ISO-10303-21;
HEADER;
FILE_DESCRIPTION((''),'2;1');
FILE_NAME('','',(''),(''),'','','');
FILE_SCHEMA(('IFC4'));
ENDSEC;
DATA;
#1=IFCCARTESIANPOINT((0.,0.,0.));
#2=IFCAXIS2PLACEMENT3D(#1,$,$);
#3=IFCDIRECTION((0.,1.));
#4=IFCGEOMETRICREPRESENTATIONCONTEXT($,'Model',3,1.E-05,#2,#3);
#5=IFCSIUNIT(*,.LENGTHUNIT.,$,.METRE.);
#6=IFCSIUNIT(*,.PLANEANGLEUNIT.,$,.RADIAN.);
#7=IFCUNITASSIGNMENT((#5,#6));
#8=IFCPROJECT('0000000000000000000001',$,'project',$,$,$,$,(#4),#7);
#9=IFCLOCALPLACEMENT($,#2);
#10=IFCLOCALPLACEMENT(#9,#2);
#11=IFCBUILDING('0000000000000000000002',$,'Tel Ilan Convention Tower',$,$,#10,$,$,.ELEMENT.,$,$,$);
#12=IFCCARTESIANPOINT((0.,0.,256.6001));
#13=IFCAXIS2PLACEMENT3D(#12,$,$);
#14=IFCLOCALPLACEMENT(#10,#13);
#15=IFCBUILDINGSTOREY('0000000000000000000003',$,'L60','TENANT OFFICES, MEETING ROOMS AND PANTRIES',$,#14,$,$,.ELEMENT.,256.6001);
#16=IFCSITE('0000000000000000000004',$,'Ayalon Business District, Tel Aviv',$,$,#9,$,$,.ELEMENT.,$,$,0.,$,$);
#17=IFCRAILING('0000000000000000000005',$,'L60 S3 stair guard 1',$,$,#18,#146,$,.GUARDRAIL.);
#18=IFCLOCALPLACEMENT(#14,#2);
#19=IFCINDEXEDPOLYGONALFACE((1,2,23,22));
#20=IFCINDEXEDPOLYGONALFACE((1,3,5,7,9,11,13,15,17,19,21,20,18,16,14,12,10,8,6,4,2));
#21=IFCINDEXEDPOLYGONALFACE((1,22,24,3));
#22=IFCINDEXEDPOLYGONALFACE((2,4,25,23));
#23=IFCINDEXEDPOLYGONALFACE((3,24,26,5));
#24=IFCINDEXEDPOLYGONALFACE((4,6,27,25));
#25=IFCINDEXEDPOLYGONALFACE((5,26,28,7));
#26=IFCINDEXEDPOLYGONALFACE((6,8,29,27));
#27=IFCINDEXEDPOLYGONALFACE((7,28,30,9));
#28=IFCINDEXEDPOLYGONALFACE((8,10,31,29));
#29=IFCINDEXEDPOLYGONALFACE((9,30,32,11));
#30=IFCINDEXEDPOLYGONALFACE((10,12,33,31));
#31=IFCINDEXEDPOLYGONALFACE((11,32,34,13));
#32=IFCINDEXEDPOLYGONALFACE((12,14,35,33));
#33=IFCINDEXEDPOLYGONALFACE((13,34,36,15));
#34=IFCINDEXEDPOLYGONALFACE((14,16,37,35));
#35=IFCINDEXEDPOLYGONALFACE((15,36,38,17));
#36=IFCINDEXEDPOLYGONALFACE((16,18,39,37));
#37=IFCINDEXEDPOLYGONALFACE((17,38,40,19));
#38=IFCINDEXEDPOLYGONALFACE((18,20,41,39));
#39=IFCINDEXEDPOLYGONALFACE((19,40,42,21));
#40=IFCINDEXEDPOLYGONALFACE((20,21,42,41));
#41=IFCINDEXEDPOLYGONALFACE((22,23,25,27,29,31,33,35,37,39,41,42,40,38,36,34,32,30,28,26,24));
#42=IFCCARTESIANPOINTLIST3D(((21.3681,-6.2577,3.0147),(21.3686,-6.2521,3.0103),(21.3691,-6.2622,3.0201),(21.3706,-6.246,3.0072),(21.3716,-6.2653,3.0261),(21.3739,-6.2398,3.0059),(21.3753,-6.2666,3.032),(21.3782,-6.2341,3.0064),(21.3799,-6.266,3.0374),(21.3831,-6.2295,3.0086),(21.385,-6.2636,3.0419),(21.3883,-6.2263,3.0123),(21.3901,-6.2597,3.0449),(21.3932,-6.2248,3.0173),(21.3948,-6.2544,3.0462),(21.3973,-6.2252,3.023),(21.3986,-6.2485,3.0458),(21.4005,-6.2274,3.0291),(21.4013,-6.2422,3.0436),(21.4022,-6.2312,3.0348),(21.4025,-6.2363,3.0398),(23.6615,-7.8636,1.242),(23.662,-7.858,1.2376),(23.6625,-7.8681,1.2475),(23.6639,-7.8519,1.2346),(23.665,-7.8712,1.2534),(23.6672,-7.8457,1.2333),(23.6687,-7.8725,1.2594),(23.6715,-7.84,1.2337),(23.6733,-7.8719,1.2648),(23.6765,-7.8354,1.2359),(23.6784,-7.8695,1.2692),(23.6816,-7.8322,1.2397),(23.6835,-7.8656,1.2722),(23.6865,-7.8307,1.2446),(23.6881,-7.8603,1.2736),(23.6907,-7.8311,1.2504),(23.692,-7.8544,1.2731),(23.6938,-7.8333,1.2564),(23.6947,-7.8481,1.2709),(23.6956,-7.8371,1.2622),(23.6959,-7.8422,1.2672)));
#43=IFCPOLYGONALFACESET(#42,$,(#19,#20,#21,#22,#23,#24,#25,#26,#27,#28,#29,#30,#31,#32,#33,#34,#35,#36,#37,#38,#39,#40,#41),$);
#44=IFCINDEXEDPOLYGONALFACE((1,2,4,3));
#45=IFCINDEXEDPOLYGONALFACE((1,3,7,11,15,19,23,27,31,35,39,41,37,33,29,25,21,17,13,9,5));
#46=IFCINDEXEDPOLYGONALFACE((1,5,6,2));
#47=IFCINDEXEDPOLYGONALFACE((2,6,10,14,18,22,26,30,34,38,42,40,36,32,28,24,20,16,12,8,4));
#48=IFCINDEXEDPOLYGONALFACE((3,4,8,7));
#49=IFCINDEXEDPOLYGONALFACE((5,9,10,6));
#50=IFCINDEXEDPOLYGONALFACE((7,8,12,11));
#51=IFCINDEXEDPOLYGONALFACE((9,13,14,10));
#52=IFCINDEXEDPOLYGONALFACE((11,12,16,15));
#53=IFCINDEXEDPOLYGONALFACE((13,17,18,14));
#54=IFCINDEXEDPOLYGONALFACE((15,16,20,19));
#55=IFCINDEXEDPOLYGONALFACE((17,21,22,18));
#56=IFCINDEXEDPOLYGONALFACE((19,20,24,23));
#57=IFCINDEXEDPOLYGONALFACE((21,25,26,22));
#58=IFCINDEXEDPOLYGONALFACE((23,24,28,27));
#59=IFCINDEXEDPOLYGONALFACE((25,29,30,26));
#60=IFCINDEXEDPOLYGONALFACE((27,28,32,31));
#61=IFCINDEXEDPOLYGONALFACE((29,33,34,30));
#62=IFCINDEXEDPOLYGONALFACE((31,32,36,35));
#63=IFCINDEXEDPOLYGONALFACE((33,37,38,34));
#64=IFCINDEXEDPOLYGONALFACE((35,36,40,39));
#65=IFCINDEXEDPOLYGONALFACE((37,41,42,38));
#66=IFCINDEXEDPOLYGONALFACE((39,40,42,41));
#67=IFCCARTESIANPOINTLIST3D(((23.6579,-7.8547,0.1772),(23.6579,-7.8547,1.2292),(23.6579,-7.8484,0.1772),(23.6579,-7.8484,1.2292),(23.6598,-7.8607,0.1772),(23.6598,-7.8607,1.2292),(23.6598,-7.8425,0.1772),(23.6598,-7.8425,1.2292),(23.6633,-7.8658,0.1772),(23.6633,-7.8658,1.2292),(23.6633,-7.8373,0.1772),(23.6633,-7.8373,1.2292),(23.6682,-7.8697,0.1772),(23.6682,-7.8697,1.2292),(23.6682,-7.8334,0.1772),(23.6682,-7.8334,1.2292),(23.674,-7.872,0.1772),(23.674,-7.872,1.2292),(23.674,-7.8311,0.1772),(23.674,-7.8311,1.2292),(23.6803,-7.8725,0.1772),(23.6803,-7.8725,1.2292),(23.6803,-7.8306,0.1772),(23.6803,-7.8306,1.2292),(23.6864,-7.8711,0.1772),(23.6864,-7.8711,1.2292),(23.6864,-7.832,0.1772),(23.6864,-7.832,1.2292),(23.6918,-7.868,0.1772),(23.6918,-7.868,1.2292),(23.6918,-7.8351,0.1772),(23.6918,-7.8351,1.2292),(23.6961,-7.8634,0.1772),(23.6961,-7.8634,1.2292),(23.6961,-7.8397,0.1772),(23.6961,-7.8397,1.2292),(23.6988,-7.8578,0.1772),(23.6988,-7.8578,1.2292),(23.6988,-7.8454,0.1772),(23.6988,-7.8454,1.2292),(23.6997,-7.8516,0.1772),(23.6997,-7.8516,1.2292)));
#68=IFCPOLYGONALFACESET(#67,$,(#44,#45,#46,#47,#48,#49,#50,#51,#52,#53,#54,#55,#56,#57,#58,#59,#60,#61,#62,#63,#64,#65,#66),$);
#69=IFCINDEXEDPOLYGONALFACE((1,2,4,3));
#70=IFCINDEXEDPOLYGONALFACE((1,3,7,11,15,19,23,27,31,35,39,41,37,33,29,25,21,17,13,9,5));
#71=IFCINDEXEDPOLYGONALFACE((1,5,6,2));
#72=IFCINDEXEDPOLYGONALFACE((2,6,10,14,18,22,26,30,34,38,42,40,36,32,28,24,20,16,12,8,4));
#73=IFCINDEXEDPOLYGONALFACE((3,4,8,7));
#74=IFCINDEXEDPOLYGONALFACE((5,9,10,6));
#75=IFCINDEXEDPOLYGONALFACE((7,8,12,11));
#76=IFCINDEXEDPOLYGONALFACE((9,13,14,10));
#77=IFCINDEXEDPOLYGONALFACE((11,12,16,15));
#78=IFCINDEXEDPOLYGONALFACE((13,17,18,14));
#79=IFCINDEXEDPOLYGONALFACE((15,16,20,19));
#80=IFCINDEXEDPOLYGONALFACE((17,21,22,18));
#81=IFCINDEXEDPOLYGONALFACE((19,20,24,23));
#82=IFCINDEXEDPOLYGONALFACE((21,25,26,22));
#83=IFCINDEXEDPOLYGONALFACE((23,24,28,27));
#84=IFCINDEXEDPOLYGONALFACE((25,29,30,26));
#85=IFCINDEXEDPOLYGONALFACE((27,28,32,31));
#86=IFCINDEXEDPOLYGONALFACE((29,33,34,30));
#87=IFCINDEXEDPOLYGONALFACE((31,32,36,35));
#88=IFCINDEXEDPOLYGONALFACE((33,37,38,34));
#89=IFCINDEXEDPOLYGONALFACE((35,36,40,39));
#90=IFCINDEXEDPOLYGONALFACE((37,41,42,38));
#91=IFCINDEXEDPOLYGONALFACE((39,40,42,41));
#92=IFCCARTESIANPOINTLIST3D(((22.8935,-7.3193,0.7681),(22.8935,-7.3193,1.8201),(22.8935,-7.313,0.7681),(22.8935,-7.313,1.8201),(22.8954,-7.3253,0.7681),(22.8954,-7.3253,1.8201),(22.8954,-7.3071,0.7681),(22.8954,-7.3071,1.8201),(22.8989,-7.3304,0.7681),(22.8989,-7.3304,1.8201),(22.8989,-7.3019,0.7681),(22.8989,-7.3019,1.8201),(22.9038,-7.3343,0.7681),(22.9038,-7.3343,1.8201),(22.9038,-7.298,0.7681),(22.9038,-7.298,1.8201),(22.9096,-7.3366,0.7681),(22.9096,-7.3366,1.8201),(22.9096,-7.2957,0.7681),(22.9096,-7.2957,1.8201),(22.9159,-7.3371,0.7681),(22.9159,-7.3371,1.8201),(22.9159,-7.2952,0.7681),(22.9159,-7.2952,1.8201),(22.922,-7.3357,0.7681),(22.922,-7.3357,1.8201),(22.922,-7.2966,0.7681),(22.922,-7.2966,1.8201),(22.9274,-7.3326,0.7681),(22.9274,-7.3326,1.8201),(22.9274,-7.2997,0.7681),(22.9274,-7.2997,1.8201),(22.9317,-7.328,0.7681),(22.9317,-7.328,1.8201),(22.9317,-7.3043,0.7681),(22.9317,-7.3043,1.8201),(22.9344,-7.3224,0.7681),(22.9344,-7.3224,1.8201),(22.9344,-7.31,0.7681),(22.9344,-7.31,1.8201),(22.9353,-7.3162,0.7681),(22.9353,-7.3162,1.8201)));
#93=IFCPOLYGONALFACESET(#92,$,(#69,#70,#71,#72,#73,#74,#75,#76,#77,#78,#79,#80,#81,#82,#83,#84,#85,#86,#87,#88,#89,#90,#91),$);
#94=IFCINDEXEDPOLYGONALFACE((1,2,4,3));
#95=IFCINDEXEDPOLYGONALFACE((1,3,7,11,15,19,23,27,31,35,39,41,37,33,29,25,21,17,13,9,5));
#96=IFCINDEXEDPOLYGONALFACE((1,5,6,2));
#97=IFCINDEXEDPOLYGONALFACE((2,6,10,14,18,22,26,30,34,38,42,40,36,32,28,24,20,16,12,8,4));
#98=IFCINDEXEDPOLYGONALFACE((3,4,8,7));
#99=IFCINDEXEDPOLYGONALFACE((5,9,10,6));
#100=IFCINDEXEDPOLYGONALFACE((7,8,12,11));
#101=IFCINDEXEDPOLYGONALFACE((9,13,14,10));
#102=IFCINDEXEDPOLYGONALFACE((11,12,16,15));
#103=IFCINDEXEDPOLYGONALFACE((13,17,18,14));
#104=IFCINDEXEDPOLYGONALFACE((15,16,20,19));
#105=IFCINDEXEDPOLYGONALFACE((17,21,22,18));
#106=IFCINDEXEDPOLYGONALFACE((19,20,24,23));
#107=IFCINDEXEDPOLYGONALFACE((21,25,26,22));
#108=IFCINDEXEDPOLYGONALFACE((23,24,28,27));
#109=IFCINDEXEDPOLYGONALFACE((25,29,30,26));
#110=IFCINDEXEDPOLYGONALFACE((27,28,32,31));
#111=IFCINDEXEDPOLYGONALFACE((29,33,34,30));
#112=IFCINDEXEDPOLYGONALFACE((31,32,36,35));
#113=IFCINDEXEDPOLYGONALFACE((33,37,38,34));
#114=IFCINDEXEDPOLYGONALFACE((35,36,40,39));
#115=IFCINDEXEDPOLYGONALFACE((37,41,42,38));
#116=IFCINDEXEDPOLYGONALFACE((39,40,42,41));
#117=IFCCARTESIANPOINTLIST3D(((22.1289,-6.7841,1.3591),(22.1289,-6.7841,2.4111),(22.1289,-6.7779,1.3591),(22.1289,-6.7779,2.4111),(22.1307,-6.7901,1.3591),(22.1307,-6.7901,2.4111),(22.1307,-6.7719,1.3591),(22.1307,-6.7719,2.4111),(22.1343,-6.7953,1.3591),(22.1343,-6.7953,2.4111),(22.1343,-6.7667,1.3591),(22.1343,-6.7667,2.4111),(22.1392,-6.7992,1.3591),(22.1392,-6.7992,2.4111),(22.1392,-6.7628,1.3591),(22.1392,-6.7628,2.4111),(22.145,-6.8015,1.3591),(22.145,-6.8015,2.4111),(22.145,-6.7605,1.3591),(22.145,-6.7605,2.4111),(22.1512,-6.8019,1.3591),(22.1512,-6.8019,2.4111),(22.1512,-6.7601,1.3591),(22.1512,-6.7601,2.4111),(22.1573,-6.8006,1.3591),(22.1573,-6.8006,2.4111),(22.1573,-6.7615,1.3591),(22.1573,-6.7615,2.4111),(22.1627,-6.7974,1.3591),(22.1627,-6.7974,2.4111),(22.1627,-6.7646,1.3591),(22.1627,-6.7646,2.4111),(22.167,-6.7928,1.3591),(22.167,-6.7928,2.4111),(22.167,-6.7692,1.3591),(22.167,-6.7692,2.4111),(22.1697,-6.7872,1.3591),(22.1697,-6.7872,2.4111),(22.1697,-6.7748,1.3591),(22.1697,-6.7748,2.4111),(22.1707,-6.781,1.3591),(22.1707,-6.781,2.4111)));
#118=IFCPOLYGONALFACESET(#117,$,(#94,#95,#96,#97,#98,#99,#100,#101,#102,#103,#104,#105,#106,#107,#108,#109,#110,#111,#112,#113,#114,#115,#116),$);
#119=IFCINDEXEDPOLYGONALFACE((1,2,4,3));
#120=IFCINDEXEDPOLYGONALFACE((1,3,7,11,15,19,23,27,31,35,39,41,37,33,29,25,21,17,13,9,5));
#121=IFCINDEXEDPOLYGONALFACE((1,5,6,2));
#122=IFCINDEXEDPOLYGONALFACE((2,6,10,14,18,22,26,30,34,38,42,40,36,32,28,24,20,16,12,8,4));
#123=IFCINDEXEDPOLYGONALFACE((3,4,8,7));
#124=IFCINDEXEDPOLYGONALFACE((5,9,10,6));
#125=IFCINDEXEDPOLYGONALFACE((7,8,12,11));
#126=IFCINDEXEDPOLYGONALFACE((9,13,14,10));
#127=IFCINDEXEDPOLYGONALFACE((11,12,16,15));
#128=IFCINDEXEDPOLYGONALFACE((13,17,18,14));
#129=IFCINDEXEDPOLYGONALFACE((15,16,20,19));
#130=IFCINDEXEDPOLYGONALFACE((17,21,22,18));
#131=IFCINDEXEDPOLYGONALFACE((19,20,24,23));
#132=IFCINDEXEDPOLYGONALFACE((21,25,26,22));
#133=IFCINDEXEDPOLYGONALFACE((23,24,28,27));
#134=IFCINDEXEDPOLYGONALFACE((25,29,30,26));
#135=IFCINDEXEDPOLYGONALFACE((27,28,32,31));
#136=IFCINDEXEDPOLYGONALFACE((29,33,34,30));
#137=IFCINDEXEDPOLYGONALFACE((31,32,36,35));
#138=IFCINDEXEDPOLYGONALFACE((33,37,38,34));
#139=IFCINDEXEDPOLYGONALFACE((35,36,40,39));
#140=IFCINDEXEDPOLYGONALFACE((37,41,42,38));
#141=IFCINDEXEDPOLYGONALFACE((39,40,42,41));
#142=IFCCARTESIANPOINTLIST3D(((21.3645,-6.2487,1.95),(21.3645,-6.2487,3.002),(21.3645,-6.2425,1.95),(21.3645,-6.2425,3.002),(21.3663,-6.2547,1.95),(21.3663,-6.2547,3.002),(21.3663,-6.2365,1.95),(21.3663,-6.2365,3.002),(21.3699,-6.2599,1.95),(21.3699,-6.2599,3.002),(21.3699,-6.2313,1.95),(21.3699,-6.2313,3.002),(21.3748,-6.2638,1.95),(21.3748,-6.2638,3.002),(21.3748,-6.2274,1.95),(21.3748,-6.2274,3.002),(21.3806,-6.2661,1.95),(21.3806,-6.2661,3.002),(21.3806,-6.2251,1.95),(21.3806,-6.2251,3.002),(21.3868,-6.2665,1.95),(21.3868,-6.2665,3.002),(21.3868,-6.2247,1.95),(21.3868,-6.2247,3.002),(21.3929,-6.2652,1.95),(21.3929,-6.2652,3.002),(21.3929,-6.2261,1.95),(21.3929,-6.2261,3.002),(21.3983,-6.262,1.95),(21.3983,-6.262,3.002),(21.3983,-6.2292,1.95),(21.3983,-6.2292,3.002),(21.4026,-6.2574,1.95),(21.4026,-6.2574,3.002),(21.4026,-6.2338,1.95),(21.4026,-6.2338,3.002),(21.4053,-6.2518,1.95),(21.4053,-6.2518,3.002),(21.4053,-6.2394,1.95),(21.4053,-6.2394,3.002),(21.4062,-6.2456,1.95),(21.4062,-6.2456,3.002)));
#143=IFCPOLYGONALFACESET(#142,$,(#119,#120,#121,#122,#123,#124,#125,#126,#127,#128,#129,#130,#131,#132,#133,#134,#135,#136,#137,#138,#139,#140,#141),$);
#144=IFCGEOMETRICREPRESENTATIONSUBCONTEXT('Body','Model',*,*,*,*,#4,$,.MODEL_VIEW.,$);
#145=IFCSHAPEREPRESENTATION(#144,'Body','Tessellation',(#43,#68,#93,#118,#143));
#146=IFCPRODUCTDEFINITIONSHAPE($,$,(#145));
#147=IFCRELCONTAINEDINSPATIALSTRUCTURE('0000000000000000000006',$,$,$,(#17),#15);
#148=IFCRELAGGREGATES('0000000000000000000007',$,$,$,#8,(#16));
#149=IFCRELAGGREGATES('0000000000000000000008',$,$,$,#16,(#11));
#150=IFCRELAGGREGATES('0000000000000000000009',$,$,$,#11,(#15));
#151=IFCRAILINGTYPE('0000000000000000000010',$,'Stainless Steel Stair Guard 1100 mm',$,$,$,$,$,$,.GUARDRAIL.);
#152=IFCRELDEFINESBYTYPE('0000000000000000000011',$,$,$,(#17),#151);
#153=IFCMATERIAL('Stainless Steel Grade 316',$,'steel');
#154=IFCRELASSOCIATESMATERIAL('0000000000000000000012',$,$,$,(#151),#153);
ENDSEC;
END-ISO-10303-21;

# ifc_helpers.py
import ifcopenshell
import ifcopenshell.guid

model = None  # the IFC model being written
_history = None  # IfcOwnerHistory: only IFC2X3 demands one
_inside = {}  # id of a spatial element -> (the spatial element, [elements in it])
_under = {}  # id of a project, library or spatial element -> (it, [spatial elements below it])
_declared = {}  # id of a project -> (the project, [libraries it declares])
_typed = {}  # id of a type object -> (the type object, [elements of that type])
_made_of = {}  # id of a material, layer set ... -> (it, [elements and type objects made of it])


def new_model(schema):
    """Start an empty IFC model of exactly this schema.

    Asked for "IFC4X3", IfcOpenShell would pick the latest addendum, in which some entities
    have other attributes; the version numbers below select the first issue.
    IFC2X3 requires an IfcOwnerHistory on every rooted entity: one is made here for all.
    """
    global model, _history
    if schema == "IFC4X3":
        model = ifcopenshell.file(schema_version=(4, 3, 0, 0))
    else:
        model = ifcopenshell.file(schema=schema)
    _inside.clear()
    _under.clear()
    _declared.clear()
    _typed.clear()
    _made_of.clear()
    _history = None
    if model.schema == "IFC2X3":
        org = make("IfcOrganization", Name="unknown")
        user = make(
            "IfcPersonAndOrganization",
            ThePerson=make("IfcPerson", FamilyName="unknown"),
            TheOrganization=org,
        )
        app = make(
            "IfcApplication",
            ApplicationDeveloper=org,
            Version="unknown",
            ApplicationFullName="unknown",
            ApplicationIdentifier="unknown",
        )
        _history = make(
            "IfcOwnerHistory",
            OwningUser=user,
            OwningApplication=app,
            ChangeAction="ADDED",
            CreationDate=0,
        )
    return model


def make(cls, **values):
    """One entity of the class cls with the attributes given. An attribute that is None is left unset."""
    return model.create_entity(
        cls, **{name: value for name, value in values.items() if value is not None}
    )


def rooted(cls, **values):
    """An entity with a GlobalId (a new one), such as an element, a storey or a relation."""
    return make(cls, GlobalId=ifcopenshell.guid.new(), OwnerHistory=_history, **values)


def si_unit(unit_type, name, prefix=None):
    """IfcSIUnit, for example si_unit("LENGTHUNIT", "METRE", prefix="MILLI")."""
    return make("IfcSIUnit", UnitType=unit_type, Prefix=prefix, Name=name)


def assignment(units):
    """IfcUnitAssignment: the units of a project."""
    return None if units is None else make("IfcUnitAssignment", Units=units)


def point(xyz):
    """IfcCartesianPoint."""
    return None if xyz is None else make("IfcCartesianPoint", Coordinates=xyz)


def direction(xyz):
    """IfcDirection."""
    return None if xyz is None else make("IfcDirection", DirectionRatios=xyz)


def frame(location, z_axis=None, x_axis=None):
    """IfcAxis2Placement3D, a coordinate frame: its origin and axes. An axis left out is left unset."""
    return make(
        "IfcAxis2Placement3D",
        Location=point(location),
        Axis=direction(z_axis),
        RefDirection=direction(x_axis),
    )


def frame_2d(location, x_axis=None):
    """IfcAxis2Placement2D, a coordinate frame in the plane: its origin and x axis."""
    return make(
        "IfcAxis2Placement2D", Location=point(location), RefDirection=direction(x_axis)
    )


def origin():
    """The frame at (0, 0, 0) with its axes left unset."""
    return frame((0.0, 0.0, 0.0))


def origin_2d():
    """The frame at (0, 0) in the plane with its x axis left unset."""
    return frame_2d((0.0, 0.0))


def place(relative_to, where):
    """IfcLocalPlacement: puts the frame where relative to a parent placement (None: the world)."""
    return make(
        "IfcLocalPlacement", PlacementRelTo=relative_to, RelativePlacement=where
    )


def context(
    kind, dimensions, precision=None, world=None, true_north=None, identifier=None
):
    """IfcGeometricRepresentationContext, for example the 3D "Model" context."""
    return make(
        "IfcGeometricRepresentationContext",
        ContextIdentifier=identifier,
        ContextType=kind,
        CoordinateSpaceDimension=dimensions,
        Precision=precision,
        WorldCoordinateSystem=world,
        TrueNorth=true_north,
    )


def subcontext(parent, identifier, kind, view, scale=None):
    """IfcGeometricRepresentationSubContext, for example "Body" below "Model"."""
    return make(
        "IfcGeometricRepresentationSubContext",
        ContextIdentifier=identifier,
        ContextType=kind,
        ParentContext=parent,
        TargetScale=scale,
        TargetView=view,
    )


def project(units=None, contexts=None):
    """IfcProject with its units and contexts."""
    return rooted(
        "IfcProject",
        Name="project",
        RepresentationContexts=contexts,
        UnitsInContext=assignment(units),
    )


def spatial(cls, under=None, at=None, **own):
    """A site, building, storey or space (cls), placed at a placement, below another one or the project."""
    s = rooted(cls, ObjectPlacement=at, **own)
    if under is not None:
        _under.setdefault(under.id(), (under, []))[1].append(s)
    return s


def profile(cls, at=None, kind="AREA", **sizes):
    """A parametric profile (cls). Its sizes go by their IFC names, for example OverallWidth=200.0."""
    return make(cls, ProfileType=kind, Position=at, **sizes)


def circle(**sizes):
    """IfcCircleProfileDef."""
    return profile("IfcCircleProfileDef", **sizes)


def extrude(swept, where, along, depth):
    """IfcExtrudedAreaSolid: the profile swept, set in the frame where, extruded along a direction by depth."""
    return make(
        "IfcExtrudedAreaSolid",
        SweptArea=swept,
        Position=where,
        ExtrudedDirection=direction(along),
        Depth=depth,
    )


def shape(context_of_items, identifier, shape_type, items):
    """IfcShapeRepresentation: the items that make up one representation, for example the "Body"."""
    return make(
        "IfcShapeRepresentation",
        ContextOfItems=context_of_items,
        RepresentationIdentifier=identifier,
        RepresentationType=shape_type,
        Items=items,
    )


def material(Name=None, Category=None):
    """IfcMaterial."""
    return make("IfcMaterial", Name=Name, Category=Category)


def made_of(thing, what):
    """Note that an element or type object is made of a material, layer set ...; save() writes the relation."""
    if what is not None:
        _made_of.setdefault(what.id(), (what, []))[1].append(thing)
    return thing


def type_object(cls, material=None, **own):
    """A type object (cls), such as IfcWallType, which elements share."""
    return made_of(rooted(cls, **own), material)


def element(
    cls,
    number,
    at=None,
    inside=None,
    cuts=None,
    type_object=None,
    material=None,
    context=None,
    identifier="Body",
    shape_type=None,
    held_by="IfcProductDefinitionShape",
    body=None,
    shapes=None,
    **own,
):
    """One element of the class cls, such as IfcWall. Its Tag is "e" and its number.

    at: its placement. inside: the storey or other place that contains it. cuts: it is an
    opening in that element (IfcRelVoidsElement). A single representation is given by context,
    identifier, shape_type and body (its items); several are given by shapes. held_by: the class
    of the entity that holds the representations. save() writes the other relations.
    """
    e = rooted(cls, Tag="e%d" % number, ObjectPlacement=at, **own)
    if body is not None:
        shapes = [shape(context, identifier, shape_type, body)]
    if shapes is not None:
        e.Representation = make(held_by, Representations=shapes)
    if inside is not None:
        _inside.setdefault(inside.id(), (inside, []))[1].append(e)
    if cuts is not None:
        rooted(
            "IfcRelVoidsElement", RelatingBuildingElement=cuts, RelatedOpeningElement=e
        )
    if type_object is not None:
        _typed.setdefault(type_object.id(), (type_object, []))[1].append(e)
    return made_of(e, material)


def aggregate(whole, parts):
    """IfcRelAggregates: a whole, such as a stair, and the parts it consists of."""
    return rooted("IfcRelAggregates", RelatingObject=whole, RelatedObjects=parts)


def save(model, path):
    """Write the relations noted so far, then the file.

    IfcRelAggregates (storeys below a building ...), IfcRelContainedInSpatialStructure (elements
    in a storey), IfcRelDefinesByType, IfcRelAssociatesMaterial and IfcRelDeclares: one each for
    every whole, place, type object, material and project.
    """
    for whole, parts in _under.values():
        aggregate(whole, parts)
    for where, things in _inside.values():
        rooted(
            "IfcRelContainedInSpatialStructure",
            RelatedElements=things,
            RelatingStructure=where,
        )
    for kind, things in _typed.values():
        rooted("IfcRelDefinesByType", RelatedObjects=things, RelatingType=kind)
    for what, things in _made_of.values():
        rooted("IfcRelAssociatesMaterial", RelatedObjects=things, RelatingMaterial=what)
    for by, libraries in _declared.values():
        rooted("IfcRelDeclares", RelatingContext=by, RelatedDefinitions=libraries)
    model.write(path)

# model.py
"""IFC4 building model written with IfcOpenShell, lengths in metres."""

from ifc_helpers import new_model, si_unit, direction, frame, origin, origin_2d, place, context, subcontext, project, spatial, circle, extrude, material, type_object, element, save


model = new_model("IFC4")

# Units and contexts
model_context = context("Model", 3, precision=1e-05, world=origin(), true_north=direction((0.0, 1.0)))
body_context = subcontext(model_context, "Body", "Model", "MODEL_VIEW")
ifc_project = project(units=[si_unit("LENGTHUNIT", "METRE"), si_unit("PLANEANGLEUNIT", "RADIAN")], contexts=[model_context])

# Site, building, storey
site_placement = place(None, origin())
site = spatial("IfcSite", under=ifc_project, at=site_placement, Name="Ayalon Business District, Tel Aviv", CompositionType="ELEMENT", RefElevation=0.0)
building_placement = place(site_placement, origin())
building = spatial("IfcBuilding", under=site, at=building_placement, Name="Tel Ilan Convention Tower", CompositionType="ELEMENT")
storey_placement = place(building_placement, frame((0.0, 0.0, 256.6001)))
storey = spatial("IfcBuildingStorey", under=building, at=storey_placement, Name="L60", Description="TENANT OFFICES, MEETING ROOMS AND PANTRIES", CompositionType="ELEMENT", Elevation=256.6001)

# Railing
ifc_material_1 = material(Name="Stainless Steel Grade 316", Category="steel")
railing_type_1 = type_object("IfcRailingType", Name="Stainless Steel Stair Guard 1100 mm", PredefinedType="GUARDRAIL", material=ifc_material_1)
railing_1_placement = place(storey_placement, frame((23.6787, -7.8516, 0.1772)))
element("IfcRailing", 1, at=railing_1_placement, inside=storey, type_object=railing_type_1, Name="L60 S3 stair guard 1", PredefinedType="GUARDRAIL", context=body_context, shape_type="SweptSolid", body=[
    extrude(circle(Radius=0.0239, at=origin_2d()), frame((0.0, 0.0, 1.0762), z_axis=(-0.692085, 0.484621, 0.53494), x_axis=(-0.573591, -0.819142, 0.0)), (0.0, 0.0, 1.0), 3.3137),
    extrude(circle(Radius=0.021, at=origin_2d()), origin(), (0.0, 0.0, 1.0), 1.052),
    extrude(circle(Radius=0.021, at=origin_2d()), frame((-0.7644, 0.5354, 0.5908)), (0.0, 0.0, 1.0), 1.052),
    extrude(circle(Radius=0.021, at=origin_2d()), frame((-1.5291, 1.0706, 1.1819)), (0.0, 0.0, 1.0), 1.052),
    extrude(circle(Radius=0.021, at=origin_2d()), frame((-2.2935, 1.606, 1.7727)), (0.0, 0.0, 1.0), 1.052),
])

save(model, "model.ifc")
